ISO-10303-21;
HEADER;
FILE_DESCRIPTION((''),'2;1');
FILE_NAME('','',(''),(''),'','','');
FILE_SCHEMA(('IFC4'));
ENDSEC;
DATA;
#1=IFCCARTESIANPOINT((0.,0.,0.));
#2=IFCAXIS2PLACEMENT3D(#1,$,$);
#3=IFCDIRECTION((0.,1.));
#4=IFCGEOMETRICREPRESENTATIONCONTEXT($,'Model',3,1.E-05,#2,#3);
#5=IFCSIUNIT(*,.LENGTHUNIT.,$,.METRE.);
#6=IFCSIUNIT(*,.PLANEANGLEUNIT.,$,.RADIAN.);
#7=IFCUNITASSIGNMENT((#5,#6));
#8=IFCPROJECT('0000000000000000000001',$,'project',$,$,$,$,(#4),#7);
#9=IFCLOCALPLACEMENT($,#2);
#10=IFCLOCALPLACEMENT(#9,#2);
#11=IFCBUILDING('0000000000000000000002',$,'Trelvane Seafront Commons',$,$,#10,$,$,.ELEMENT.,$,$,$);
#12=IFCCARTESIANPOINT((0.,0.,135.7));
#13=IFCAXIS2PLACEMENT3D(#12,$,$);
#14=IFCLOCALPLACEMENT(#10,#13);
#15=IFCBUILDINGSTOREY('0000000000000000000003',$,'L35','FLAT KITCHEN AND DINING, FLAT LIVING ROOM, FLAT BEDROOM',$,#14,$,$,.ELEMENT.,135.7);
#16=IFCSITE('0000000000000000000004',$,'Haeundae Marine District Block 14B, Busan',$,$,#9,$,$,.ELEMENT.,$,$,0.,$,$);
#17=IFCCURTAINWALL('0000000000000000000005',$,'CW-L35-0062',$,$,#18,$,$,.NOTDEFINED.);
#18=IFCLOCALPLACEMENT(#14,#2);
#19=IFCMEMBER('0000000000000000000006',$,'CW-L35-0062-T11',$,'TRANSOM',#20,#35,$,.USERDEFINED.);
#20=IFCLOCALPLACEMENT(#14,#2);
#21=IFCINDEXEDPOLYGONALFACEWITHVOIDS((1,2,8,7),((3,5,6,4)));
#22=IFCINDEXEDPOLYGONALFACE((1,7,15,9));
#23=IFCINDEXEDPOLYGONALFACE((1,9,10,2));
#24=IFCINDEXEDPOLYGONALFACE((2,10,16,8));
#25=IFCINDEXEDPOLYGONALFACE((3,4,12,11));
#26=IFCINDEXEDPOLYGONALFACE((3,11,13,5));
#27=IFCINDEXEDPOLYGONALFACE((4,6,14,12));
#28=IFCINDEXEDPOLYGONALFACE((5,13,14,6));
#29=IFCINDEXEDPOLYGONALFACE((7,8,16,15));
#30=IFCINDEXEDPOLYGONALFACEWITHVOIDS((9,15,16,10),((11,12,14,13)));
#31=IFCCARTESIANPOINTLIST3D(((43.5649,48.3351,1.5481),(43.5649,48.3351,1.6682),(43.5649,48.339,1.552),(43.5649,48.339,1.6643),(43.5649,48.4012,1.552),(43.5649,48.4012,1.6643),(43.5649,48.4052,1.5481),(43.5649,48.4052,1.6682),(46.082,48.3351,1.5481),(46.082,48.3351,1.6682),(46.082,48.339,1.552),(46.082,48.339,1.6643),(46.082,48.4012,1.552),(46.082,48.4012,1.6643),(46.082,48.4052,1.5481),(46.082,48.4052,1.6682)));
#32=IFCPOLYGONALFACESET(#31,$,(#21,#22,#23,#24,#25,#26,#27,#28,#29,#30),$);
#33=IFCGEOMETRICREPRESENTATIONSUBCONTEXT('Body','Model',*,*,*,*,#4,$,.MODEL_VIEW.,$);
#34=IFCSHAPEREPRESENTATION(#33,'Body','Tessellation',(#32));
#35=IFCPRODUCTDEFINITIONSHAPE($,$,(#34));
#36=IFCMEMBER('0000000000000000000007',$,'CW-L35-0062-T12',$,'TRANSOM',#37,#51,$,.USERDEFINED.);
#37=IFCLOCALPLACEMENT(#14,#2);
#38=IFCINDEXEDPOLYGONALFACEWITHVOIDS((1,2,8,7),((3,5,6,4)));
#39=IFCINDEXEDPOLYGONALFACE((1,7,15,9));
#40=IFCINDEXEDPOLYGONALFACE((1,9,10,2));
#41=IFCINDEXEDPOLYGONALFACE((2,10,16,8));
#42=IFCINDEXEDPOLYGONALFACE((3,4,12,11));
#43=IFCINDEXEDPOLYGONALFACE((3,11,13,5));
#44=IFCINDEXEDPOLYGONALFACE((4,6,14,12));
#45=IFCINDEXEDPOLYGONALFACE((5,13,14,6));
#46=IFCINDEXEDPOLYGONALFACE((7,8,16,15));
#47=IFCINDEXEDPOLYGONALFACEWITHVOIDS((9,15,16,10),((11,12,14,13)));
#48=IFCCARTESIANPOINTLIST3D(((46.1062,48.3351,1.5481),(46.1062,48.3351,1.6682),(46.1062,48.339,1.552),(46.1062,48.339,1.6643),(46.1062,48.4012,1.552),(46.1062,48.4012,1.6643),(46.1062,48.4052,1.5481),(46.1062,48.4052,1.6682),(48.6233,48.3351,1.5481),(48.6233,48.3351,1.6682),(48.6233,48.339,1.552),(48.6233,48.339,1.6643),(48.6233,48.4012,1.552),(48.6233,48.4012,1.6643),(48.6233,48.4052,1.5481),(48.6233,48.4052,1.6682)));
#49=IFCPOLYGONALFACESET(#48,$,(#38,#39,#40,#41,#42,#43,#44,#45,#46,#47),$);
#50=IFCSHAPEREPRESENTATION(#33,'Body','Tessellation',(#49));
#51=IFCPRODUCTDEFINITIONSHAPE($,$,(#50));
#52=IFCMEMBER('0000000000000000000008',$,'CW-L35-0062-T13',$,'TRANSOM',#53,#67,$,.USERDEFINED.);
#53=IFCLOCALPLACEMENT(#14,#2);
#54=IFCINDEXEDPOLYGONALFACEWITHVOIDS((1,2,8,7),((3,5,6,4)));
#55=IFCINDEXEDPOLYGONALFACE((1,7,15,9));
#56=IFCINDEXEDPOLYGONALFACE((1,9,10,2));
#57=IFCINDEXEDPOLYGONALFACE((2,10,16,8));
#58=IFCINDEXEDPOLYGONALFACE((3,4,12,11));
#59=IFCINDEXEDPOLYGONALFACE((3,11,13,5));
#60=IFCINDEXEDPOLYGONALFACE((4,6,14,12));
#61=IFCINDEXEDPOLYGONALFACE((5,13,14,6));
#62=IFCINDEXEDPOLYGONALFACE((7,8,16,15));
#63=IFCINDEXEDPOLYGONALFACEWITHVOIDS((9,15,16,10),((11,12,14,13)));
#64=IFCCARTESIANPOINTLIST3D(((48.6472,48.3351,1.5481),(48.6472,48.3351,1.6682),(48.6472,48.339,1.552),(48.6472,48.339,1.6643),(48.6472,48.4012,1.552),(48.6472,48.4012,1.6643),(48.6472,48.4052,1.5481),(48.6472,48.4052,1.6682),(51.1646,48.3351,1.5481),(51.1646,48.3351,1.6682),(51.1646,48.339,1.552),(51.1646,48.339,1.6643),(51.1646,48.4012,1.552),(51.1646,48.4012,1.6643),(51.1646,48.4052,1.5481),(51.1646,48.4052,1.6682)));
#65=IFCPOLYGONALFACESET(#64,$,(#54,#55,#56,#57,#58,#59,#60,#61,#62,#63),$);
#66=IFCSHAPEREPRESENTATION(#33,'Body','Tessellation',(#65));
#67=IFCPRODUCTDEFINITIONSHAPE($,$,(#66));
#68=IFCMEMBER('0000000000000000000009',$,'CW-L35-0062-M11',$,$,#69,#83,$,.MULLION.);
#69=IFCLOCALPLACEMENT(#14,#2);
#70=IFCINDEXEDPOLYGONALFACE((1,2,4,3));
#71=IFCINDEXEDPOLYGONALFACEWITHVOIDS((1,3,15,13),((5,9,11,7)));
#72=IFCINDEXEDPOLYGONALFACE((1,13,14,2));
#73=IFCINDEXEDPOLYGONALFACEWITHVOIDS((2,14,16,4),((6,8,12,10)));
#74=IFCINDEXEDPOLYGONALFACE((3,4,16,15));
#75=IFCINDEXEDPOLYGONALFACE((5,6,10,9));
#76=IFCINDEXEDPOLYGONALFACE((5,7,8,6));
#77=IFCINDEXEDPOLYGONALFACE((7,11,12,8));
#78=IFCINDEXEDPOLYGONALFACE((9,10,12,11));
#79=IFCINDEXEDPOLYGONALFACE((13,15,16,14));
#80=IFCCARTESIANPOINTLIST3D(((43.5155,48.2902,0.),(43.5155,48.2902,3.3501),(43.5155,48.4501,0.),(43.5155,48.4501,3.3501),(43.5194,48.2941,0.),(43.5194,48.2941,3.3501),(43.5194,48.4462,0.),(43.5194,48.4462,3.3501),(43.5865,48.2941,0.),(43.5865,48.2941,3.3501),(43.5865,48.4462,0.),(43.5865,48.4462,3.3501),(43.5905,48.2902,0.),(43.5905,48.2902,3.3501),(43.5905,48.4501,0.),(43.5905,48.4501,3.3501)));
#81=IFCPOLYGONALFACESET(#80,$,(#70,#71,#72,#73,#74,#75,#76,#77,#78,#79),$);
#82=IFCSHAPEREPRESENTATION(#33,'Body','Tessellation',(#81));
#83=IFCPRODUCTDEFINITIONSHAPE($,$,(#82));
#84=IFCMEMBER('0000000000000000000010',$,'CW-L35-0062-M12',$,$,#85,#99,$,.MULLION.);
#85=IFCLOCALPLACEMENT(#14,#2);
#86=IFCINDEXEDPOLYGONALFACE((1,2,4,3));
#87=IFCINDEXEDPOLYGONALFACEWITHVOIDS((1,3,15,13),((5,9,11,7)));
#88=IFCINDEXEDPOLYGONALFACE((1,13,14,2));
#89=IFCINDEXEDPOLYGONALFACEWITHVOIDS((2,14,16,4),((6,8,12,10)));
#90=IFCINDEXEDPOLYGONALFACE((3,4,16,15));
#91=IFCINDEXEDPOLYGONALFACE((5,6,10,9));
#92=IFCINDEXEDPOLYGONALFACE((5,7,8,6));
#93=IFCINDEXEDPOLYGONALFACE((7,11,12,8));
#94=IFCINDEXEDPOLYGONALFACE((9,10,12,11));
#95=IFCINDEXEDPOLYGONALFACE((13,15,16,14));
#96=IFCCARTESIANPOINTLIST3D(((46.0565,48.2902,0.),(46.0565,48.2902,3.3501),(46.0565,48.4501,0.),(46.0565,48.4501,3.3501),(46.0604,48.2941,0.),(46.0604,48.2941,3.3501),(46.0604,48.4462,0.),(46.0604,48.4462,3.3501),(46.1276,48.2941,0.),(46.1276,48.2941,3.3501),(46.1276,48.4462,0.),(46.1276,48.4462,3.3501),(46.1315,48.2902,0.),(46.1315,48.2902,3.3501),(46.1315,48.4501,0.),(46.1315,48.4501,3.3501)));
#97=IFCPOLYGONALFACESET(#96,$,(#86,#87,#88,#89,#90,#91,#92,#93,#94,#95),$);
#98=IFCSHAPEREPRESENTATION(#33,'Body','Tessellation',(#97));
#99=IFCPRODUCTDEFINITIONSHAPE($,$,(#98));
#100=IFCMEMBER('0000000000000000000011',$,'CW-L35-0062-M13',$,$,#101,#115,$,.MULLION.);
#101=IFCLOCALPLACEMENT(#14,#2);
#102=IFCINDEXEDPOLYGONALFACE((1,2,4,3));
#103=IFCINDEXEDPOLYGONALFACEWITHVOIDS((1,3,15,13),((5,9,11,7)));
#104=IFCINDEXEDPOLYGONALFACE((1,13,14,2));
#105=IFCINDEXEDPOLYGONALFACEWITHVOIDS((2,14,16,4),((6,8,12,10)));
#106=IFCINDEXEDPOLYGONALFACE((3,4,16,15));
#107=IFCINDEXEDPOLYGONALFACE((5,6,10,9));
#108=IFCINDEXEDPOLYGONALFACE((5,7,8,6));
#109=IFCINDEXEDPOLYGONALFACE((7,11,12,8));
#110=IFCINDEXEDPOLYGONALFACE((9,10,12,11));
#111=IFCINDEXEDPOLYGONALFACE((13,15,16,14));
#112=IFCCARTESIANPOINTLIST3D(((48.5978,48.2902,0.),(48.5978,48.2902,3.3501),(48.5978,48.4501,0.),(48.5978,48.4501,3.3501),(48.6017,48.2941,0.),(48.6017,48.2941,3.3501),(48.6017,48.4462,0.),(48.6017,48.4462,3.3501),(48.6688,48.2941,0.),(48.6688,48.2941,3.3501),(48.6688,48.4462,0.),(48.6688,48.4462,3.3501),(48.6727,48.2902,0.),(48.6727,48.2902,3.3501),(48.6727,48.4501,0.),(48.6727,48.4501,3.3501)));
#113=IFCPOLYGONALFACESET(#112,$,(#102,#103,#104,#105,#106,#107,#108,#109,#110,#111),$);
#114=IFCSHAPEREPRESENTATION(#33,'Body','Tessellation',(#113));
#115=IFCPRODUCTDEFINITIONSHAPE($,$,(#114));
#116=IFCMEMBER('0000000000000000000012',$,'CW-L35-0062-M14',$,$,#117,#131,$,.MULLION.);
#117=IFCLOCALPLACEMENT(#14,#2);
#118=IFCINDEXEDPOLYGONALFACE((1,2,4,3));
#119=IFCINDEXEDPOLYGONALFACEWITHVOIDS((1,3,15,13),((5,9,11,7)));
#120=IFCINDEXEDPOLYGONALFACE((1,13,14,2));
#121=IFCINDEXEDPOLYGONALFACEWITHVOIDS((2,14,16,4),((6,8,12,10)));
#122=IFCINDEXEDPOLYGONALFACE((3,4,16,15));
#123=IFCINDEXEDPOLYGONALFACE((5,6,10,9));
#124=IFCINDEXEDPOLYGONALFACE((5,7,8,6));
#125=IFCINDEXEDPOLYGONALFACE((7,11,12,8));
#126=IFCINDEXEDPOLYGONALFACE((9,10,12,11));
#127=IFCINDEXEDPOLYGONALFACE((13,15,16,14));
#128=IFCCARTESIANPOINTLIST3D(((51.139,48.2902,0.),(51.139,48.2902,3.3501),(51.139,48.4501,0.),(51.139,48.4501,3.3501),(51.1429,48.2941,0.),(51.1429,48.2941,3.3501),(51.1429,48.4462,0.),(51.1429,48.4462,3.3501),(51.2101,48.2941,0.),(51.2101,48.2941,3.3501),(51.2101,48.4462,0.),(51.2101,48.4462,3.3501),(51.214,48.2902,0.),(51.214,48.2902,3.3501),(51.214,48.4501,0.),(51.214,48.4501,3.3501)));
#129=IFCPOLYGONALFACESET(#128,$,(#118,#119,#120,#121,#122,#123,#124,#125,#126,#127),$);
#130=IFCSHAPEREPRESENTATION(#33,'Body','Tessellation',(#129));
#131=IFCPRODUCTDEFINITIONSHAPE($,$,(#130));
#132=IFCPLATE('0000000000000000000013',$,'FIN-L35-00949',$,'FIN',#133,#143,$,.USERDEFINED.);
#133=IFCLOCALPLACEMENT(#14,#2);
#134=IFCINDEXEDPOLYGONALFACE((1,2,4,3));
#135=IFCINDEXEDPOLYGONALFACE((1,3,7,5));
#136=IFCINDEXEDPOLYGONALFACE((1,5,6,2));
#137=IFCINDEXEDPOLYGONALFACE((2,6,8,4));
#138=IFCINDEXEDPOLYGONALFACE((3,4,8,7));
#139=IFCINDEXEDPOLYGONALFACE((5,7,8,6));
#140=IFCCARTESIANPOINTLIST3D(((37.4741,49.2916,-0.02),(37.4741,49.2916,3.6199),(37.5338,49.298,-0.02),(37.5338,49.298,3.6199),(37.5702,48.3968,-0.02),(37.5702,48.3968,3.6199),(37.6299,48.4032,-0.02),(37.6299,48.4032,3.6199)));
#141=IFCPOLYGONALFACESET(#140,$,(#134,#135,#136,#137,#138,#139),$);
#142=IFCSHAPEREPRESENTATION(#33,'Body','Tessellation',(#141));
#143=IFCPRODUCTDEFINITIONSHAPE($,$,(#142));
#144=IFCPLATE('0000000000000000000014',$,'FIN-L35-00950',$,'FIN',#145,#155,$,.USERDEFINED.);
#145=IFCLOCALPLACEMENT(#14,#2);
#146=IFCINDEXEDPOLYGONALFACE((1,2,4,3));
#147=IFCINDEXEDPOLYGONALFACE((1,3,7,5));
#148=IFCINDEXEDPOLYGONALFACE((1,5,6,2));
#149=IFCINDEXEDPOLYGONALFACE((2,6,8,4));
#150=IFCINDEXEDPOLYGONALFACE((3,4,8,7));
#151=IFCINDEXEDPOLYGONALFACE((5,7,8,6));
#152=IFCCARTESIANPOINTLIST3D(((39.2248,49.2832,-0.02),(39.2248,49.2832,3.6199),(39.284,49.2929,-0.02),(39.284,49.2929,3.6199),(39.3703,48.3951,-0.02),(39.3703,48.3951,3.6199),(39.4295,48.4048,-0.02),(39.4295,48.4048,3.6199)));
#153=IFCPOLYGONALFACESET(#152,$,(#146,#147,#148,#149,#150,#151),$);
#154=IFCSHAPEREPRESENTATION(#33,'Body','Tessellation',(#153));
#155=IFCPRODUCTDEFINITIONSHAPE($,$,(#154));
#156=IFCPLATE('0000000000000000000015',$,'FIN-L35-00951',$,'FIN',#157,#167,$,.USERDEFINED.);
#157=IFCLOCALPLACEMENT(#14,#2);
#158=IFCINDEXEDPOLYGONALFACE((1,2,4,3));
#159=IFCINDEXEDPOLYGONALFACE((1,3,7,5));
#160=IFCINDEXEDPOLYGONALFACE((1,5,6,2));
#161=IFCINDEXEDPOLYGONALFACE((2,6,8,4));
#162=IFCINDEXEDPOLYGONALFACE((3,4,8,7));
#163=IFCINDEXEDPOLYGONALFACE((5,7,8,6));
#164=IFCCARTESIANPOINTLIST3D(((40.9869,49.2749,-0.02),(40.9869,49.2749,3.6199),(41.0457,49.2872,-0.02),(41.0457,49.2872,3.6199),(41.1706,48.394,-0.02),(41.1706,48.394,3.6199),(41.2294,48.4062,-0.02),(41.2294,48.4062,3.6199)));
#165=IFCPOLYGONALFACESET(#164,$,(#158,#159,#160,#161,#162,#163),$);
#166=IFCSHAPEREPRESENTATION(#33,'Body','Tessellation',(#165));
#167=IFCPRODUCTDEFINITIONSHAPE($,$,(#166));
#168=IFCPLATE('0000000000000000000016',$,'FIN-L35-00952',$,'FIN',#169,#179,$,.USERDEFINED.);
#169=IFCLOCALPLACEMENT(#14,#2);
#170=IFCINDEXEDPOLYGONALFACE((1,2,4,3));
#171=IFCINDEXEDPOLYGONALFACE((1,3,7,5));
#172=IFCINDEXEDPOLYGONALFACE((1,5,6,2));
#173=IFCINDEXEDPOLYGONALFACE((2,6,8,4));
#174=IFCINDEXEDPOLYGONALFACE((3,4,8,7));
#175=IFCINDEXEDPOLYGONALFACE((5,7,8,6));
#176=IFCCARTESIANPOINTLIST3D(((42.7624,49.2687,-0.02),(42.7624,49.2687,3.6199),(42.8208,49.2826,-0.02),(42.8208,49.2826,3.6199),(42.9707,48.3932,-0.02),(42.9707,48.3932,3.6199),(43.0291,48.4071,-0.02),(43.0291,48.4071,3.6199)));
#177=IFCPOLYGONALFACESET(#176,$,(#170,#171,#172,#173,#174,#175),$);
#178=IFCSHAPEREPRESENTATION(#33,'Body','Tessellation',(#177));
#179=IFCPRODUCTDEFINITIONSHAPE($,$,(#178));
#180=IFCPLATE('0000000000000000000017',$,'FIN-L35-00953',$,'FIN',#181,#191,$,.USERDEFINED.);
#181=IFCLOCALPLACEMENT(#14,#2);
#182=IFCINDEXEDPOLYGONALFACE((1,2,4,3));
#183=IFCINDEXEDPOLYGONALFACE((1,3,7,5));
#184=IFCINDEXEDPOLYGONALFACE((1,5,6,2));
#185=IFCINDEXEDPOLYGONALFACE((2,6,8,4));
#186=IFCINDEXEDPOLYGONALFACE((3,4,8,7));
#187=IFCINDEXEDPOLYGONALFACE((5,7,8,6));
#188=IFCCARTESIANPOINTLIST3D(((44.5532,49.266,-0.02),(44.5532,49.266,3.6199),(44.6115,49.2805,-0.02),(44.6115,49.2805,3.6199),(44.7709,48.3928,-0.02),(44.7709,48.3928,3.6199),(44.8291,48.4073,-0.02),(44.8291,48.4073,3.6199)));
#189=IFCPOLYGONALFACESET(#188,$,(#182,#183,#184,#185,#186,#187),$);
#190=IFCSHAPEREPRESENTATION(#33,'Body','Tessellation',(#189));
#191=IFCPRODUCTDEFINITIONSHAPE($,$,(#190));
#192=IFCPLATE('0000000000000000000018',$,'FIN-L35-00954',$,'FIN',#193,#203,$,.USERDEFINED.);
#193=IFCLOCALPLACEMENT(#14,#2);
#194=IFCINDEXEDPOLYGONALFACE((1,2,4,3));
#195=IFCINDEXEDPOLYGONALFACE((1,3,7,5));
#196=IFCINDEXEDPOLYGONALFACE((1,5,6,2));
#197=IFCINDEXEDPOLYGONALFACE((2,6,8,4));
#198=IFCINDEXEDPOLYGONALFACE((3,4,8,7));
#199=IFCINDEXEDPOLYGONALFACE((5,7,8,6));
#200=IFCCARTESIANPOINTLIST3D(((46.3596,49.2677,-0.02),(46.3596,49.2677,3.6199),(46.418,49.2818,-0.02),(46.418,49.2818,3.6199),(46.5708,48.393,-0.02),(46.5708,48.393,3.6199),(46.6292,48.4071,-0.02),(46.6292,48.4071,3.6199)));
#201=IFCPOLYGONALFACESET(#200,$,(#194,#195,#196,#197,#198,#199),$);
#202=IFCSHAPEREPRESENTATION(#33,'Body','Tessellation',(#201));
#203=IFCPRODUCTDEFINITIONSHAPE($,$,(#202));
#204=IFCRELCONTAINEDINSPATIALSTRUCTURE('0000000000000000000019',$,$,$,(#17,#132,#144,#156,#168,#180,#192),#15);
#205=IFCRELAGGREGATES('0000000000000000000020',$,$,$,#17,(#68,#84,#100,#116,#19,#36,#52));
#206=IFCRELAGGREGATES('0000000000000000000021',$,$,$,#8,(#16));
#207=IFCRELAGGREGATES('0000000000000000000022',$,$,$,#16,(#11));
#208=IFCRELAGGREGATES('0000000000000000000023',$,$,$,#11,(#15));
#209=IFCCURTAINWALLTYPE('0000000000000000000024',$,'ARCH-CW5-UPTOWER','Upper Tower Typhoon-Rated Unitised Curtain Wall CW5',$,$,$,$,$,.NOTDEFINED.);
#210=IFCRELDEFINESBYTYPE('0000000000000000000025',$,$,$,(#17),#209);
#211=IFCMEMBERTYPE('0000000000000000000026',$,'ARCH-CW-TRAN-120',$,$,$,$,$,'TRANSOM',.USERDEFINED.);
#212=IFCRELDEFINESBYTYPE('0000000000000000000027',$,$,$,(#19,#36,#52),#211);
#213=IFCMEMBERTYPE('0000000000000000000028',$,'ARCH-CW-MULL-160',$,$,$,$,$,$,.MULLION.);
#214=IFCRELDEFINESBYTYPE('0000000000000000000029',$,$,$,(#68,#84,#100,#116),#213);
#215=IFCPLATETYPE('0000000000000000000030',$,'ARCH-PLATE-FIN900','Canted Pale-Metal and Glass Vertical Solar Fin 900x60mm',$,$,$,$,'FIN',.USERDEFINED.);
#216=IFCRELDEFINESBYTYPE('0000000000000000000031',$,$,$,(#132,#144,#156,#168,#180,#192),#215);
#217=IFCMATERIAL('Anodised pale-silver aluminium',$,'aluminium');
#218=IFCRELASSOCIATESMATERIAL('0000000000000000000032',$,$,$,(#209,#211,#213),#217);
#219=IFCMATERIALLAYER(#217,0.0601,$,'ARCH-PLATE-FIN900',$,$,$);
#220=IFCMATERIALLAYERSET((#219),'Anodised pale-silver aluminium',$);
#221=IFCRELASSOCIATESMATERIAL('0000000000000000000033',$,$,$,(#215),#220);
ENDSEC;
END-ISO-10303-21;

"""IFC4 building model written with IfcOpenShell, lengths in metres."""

from ifc_helpers import new_model, si_unit, direction, frame, origin, origin_2d, place, context, subcontext, project, spatial, rectangle, hollow_rectangle, extrude, source, transform, mapped, material, layer, layer_set, material_profile, profile_set, type_object, element, aggregate, save


model = new_model("IFC4")

# Units and contexts
model_context = context("Model", 3, precision=1e-05, world=origin(), true_north=direction((0.0, 1.0)))
body_context = subcontext(model_context, "Body", "Model", "MODEL_VIEW")
ifc_project = project(units=[si_unit("LENGTHUNIT", "METRE"), si_unit("PLANEANGLEUNIT", "RADIAN")], contexts=[model_context])

# Site, building, storey
site_placement = place(None, origin())
site = spatial("IfcSite", under=ifc_project, at=site_placement, Name="Haeundae Marine District Block 14B, Busan", CompositionType="ELEMENT", RefElevation=0.0)
building_placement = place(site_placement, origin())
building = spatial("IfcBuilding", under=site, at=building_placement, Name="Trelvane Seafront Commons", CompositionType="ELEMENT")
storey_placement = place(building_placement, frame((0.0, 0.0, 135.7)))
storey = spatial("IfcBuildingStorey", under=building, at=storey_placement, Name="L35", Description="FLAT KITCHEN AND DINING, FLAT LIVING ROOM, FLAT BEDROOM", CompositionType="ELEMENT", Elevation=135.7)

# Curtain wall, members
ifc_material_1 = material(Name="Anodised pale-silver aluminium", Category="aluminium")
curtain_wall_type = type_object("IfcCurtainWallType", Name="ARCH-CW5-UPTOWER", Description="Upper Tower Typhoon-Rated Unitised Curtain Wall CW5", PredefinedType="NOTDEFINED", material=ifc_material_1)
curtain_wall_placement = place(storey_placement, origin())
curtain_wall = element("IfcCurtainWall", 1, at=curtain_wall_placement, inside=storey, type_object=curtain_wall_type, Name="CW-L35-0062", PredefinedType="NOTDEFINED")
ifc_material_profile_1 = material_profile(ifc_material_1, hollow_rectangle(XDim=0.0701, YDim=0.1201, WallThickness=0.0039, at=origin_2d()), Name="TRAN-70x120x4")
ifc_profile_set_1 = profile_set([ifc_material_profile_1], Name="Anodised pale-silver aluminium")
member_type_1 = type_object("IfcMemberType", Name="ARCH-CW-TRAN-120", ElementType="TRANSOM", PredefinedType="USERDEFINED", material=ifc_profile_set_1)
shared_shape_1 = source(origin(), body_context, "Body", "SweptSolid", [
    extrude(hollow_rectangle(XDim=0.0701, YDim=0.1201, WallThickness=0.0039, at=origin_2d()), origin(), (0.0, 0.0, 1.0), 2.5171),
])
member_1_placement = place(storey_placement, frame((43.5649, 48.3701, 1.6082), z_axis=(1.0, 0.0, 0.0), x_axis=(0.0, 1.0, 0.0)))
member_1 = element("IfcMember", 2, at=member_1_placement, type_object=member_type_1, Name="CW-L35-0062-T11", ObjectType="TRANSOM", PredefinedType="USERDEFINED", context=body_context, shape_type="MappedRepresentation", body=[
    mapped(shared_shape_1, transform((0.0, 0.0, 0.0), x_axis=(1.0, 0.0, 0.0), y_axis=(0.0, 1.0, 0.0), z_axis=(0.0, 0.0, 1.0), scale=1.0)),
])
member_2_placement = place(storey_placement, frame((46.1062, 48.3701, 1.6082), z_axis=(1.0, 0.0, 0.0), x_axis=(0.0, 1.0, 0.0)))
member_2 = element("IfcMember", 3, at=member_2_placement, type_object=member_type_1, Name="CW-L35-0062-T12", ObjectType="TRANSOM", PredefinedType="USERDEFINED", context=body_context, shape_type="MappedRepresentation", body=[
    mapped(shared_shape_1, transform((0.0, 0.0, 0.0), x_axis=(1.0, 0.0, 0.0), y_axis=(0.0, 1.0, 0.0), z_axis=(0.0, 0.0, 1.0), scale=1.0)),
])
shared_shape_2 = source(origin(), body_context, "Body", "SweptSolid", [
    extrude(hollow_rectangle(XDim=0.0701, YDim=0.1201, WallThickness=0.0039, at=origin_2d()), origin(), (0.0, 0.0, 1.0), 2.5173),
])
member_3_placement = place(storey_placement, frame((48.6472, 48.3701, 1.6082), z_axis=(1.0, 0.0, 0.0), x_axis=(0.0, 1.0, 0.0)))
member_3 = element("IfcMember", 4, at=member_3_placement, type_object=member_type_1, Name="CW-L35-0062-T13", ObjectType="TRANSOM", PredefinedType="USERDEFINED", context=body_context, shape_type="MappedRepresentation", body=[
    mapped(shared_shape_2, transform((0.0, 0.0, 0.0), x_axis=(1.0, 0.0, 0.0), y_axis=(0.0, 1.0, 0.0), z_axis=(0.0, 0.0, 1.0), scale=1.0)),
])
ifc_material_profile_2 = material_profile(ifc_material_1, hollow_rectangle(XDim=0.075, YDim=0.1599, WallThickness=0.0039, at=origin_2d()), Name="MULL-75x160x4")
ifc_profile_set_2 = profile_set([ifc_material_profile_2], Name="Anodised pale-silver aluminium")
member_type_2 = type_object("IfcMemberType", Name="ARCH-CW-MULL-160", PredefinedType="MULLION", material=ifc_profile_set_2)
shared_shape_3 = source(origin(), body_context, "Body", "SweptSolid", [
    extrude(hollow_rectangle(XDim=0.075, YDim=0.1599, WallThickness=0.0039, at=origin_2d()), origin(), (0.0, 0.0, 1.0), 3.3501),
])
member_4_placement = place(storey_placement, frame((43.553, 48.3701, 0.0), z_axis=(0.0, 0.0, 1.0), x_axis=(1.0, 0.0, 0.0)))
member_4 = element("IfcMember", 5, at=member_4_placement, type_object=member_type_2, Name="CW-L35-0062-M11", PredefinedType="MULLION", context=body_context, shape_type="MappedRepresentation", body=[
    mapped(shared_shape_3, transform((0.0, 0.0, 0.0), x_axis=(1.0, 0.0, 0.0), y_axis=(0.0, 1.0, 0.0), z_axis=(0.0, 0.0, 1.0), scale=1.0)),
])
member_5_placement = place(storey_placement, frame((46.094, 48.3701, 0.0), z_axis=(0.0, 0.0, 1.0), x_axis=(1.0, 0.0, 0.0)))
member_5 = element("IfcMember", 6, at=member_5_placement, type_object=member_type_2, Name="CW-L35-0062-M12", PredefinedType="MULLION", context=body_context, shape_type="MappedRepresentation", body=[
    mapped(shared_shape_3, transform((0.0, 0.0, 0.0), x_axis=(1.0, 0.0, 0.0), y_axis=(0.0, 1.0, 0.0), z_axis=(0.0, 0.0, 1.0), scale=1.0)),
])
member_6_placement = place(storey_placement, frame((48.6353, 48.3701, 0.0), z_axis=(0.0, 0.0, 1.0), x_axis=(1.0, 0.0, 0.0)))
member_6 = element("IfcMember", 7, at=member_6_placement, type_object=member_type_2, Name="CW-L35-0062-M13", PredefinedType="MULLION", context=body_context, shape_type="MappedRepresentation", body=[
    mapped(shared_shape_3, transform((0.0, 0.0, 0.0), x_axis=(1.0, 0.0, 0.0), y_axis=(0.0, 1.0, 0.0), z_axis=(0.0, 0.0, 1.0), scale=1.0)),
])
member_7_placement = place(storey_placement, frame((51.1765, 48.3701, 0.0), z_axis=(0.0, 0.0, 1.0), x_axis=(1.0, 0.0, 0.0)))
member_7 = element("IfcMember", 8, at=member_7_placement, type_object=member_type_2, Name="CW-L35-0062-M14", PredefinedType="MULLION", context=body_context, shape_type="MappedRepresentation", body=[
    mapped(shared_shape_3, transform((0.0, 0.0, 0.0), x_axis=(1.0, 0.0, 0.0), y_axis=(0.0, 1.0, 0.0), z_axis=(0.0, 0.0, 1.0), scale=1.0)),
])

# Plates
ifc_layer_1 = layer(ifc_material_1, 0.0601, Name="ARCH-PLATE-FIN900")
ifc_layer_set_1 = layer_set([ifc_layer_1], Name="Anodised pale-silver aluminium")
plate_type_1 = type_object("IfcPlateType", Name="ARCH-PLATE-FIN900", Description="Canted Pale-Metal and Glass Vertical Solar Fin 900x60mm", ElementType="FIN", PredefinedType="USERDEFINED", material=ifc_layer_set_1)
shared_shape_4 = source(origin(), body_context, "Body", "SweptSolid", [
    extrude(rectangle(XDim=0.8999, YDim=0.0601, at=origin_2d()), origin(), (0.0, 0.0, 1.0), 3.6399),
])
for number, where, z_axis, x_axis, name in (
    (9, (37.552, 48.8474, -0.02), (0.0, 0.0, 1.0), (-0.106785, 0.994282, 0.0), "FIN-L35-00949"),
    (10, (39.3271, 48.844, -0.02), (0.0, 0.0, 1.0), (-0.161659, 0.986847, 0.0), "FIN-L35-00950"),
    (11, (41.1082, 48.8406, -0.02), (0.0, 0.0, 1.0), (-0.204124, 0.978945, 0.0), "FIN-L35-00951"),
    (12, (42.8958, 48.8379, -0.02), (0.0, 0.0, 1.0), (-0.231435, 0.97285, 0.0), "FIN-L35-00952"),
    (13, (44.6912, 48.8367, -0.02), (0.0, 0.0, 1.0), (-0.241881, 0.970306, 0.0), "FIN-L35-00953"),
    (14, (46.4944, 48.8374, -0.02), (0.0, 0.0, 1.0), (-0.234659, 0.972078, 0.0), "FIN-L35-00954"),
):
    element("IfcPlate", number, at=place(storey_placement, frame(where, z_axis=z_axis, x_axis=x_axis)), inside=storey, type_object=plate_type_1, Name=name, ObjectType="FIN", PredefinedType="USERDEFINED", context=body_context, shape_type="MappedRepresentation", body=[
        mapped(shared_shape_4, transform((0.0, 0.0, 0.0), x_axis=(1.0, 0.0, 0.0), y_axis=(0.0, 1.0, 0.0), z_axis=(0.0, 0.0, 1.0), scale=1.0)),
    ])

aggregate(curtain_wall, [member_4, member_5, member_6, member_7, member_1, member_2, member_3])

save(model, "model.ifc")
